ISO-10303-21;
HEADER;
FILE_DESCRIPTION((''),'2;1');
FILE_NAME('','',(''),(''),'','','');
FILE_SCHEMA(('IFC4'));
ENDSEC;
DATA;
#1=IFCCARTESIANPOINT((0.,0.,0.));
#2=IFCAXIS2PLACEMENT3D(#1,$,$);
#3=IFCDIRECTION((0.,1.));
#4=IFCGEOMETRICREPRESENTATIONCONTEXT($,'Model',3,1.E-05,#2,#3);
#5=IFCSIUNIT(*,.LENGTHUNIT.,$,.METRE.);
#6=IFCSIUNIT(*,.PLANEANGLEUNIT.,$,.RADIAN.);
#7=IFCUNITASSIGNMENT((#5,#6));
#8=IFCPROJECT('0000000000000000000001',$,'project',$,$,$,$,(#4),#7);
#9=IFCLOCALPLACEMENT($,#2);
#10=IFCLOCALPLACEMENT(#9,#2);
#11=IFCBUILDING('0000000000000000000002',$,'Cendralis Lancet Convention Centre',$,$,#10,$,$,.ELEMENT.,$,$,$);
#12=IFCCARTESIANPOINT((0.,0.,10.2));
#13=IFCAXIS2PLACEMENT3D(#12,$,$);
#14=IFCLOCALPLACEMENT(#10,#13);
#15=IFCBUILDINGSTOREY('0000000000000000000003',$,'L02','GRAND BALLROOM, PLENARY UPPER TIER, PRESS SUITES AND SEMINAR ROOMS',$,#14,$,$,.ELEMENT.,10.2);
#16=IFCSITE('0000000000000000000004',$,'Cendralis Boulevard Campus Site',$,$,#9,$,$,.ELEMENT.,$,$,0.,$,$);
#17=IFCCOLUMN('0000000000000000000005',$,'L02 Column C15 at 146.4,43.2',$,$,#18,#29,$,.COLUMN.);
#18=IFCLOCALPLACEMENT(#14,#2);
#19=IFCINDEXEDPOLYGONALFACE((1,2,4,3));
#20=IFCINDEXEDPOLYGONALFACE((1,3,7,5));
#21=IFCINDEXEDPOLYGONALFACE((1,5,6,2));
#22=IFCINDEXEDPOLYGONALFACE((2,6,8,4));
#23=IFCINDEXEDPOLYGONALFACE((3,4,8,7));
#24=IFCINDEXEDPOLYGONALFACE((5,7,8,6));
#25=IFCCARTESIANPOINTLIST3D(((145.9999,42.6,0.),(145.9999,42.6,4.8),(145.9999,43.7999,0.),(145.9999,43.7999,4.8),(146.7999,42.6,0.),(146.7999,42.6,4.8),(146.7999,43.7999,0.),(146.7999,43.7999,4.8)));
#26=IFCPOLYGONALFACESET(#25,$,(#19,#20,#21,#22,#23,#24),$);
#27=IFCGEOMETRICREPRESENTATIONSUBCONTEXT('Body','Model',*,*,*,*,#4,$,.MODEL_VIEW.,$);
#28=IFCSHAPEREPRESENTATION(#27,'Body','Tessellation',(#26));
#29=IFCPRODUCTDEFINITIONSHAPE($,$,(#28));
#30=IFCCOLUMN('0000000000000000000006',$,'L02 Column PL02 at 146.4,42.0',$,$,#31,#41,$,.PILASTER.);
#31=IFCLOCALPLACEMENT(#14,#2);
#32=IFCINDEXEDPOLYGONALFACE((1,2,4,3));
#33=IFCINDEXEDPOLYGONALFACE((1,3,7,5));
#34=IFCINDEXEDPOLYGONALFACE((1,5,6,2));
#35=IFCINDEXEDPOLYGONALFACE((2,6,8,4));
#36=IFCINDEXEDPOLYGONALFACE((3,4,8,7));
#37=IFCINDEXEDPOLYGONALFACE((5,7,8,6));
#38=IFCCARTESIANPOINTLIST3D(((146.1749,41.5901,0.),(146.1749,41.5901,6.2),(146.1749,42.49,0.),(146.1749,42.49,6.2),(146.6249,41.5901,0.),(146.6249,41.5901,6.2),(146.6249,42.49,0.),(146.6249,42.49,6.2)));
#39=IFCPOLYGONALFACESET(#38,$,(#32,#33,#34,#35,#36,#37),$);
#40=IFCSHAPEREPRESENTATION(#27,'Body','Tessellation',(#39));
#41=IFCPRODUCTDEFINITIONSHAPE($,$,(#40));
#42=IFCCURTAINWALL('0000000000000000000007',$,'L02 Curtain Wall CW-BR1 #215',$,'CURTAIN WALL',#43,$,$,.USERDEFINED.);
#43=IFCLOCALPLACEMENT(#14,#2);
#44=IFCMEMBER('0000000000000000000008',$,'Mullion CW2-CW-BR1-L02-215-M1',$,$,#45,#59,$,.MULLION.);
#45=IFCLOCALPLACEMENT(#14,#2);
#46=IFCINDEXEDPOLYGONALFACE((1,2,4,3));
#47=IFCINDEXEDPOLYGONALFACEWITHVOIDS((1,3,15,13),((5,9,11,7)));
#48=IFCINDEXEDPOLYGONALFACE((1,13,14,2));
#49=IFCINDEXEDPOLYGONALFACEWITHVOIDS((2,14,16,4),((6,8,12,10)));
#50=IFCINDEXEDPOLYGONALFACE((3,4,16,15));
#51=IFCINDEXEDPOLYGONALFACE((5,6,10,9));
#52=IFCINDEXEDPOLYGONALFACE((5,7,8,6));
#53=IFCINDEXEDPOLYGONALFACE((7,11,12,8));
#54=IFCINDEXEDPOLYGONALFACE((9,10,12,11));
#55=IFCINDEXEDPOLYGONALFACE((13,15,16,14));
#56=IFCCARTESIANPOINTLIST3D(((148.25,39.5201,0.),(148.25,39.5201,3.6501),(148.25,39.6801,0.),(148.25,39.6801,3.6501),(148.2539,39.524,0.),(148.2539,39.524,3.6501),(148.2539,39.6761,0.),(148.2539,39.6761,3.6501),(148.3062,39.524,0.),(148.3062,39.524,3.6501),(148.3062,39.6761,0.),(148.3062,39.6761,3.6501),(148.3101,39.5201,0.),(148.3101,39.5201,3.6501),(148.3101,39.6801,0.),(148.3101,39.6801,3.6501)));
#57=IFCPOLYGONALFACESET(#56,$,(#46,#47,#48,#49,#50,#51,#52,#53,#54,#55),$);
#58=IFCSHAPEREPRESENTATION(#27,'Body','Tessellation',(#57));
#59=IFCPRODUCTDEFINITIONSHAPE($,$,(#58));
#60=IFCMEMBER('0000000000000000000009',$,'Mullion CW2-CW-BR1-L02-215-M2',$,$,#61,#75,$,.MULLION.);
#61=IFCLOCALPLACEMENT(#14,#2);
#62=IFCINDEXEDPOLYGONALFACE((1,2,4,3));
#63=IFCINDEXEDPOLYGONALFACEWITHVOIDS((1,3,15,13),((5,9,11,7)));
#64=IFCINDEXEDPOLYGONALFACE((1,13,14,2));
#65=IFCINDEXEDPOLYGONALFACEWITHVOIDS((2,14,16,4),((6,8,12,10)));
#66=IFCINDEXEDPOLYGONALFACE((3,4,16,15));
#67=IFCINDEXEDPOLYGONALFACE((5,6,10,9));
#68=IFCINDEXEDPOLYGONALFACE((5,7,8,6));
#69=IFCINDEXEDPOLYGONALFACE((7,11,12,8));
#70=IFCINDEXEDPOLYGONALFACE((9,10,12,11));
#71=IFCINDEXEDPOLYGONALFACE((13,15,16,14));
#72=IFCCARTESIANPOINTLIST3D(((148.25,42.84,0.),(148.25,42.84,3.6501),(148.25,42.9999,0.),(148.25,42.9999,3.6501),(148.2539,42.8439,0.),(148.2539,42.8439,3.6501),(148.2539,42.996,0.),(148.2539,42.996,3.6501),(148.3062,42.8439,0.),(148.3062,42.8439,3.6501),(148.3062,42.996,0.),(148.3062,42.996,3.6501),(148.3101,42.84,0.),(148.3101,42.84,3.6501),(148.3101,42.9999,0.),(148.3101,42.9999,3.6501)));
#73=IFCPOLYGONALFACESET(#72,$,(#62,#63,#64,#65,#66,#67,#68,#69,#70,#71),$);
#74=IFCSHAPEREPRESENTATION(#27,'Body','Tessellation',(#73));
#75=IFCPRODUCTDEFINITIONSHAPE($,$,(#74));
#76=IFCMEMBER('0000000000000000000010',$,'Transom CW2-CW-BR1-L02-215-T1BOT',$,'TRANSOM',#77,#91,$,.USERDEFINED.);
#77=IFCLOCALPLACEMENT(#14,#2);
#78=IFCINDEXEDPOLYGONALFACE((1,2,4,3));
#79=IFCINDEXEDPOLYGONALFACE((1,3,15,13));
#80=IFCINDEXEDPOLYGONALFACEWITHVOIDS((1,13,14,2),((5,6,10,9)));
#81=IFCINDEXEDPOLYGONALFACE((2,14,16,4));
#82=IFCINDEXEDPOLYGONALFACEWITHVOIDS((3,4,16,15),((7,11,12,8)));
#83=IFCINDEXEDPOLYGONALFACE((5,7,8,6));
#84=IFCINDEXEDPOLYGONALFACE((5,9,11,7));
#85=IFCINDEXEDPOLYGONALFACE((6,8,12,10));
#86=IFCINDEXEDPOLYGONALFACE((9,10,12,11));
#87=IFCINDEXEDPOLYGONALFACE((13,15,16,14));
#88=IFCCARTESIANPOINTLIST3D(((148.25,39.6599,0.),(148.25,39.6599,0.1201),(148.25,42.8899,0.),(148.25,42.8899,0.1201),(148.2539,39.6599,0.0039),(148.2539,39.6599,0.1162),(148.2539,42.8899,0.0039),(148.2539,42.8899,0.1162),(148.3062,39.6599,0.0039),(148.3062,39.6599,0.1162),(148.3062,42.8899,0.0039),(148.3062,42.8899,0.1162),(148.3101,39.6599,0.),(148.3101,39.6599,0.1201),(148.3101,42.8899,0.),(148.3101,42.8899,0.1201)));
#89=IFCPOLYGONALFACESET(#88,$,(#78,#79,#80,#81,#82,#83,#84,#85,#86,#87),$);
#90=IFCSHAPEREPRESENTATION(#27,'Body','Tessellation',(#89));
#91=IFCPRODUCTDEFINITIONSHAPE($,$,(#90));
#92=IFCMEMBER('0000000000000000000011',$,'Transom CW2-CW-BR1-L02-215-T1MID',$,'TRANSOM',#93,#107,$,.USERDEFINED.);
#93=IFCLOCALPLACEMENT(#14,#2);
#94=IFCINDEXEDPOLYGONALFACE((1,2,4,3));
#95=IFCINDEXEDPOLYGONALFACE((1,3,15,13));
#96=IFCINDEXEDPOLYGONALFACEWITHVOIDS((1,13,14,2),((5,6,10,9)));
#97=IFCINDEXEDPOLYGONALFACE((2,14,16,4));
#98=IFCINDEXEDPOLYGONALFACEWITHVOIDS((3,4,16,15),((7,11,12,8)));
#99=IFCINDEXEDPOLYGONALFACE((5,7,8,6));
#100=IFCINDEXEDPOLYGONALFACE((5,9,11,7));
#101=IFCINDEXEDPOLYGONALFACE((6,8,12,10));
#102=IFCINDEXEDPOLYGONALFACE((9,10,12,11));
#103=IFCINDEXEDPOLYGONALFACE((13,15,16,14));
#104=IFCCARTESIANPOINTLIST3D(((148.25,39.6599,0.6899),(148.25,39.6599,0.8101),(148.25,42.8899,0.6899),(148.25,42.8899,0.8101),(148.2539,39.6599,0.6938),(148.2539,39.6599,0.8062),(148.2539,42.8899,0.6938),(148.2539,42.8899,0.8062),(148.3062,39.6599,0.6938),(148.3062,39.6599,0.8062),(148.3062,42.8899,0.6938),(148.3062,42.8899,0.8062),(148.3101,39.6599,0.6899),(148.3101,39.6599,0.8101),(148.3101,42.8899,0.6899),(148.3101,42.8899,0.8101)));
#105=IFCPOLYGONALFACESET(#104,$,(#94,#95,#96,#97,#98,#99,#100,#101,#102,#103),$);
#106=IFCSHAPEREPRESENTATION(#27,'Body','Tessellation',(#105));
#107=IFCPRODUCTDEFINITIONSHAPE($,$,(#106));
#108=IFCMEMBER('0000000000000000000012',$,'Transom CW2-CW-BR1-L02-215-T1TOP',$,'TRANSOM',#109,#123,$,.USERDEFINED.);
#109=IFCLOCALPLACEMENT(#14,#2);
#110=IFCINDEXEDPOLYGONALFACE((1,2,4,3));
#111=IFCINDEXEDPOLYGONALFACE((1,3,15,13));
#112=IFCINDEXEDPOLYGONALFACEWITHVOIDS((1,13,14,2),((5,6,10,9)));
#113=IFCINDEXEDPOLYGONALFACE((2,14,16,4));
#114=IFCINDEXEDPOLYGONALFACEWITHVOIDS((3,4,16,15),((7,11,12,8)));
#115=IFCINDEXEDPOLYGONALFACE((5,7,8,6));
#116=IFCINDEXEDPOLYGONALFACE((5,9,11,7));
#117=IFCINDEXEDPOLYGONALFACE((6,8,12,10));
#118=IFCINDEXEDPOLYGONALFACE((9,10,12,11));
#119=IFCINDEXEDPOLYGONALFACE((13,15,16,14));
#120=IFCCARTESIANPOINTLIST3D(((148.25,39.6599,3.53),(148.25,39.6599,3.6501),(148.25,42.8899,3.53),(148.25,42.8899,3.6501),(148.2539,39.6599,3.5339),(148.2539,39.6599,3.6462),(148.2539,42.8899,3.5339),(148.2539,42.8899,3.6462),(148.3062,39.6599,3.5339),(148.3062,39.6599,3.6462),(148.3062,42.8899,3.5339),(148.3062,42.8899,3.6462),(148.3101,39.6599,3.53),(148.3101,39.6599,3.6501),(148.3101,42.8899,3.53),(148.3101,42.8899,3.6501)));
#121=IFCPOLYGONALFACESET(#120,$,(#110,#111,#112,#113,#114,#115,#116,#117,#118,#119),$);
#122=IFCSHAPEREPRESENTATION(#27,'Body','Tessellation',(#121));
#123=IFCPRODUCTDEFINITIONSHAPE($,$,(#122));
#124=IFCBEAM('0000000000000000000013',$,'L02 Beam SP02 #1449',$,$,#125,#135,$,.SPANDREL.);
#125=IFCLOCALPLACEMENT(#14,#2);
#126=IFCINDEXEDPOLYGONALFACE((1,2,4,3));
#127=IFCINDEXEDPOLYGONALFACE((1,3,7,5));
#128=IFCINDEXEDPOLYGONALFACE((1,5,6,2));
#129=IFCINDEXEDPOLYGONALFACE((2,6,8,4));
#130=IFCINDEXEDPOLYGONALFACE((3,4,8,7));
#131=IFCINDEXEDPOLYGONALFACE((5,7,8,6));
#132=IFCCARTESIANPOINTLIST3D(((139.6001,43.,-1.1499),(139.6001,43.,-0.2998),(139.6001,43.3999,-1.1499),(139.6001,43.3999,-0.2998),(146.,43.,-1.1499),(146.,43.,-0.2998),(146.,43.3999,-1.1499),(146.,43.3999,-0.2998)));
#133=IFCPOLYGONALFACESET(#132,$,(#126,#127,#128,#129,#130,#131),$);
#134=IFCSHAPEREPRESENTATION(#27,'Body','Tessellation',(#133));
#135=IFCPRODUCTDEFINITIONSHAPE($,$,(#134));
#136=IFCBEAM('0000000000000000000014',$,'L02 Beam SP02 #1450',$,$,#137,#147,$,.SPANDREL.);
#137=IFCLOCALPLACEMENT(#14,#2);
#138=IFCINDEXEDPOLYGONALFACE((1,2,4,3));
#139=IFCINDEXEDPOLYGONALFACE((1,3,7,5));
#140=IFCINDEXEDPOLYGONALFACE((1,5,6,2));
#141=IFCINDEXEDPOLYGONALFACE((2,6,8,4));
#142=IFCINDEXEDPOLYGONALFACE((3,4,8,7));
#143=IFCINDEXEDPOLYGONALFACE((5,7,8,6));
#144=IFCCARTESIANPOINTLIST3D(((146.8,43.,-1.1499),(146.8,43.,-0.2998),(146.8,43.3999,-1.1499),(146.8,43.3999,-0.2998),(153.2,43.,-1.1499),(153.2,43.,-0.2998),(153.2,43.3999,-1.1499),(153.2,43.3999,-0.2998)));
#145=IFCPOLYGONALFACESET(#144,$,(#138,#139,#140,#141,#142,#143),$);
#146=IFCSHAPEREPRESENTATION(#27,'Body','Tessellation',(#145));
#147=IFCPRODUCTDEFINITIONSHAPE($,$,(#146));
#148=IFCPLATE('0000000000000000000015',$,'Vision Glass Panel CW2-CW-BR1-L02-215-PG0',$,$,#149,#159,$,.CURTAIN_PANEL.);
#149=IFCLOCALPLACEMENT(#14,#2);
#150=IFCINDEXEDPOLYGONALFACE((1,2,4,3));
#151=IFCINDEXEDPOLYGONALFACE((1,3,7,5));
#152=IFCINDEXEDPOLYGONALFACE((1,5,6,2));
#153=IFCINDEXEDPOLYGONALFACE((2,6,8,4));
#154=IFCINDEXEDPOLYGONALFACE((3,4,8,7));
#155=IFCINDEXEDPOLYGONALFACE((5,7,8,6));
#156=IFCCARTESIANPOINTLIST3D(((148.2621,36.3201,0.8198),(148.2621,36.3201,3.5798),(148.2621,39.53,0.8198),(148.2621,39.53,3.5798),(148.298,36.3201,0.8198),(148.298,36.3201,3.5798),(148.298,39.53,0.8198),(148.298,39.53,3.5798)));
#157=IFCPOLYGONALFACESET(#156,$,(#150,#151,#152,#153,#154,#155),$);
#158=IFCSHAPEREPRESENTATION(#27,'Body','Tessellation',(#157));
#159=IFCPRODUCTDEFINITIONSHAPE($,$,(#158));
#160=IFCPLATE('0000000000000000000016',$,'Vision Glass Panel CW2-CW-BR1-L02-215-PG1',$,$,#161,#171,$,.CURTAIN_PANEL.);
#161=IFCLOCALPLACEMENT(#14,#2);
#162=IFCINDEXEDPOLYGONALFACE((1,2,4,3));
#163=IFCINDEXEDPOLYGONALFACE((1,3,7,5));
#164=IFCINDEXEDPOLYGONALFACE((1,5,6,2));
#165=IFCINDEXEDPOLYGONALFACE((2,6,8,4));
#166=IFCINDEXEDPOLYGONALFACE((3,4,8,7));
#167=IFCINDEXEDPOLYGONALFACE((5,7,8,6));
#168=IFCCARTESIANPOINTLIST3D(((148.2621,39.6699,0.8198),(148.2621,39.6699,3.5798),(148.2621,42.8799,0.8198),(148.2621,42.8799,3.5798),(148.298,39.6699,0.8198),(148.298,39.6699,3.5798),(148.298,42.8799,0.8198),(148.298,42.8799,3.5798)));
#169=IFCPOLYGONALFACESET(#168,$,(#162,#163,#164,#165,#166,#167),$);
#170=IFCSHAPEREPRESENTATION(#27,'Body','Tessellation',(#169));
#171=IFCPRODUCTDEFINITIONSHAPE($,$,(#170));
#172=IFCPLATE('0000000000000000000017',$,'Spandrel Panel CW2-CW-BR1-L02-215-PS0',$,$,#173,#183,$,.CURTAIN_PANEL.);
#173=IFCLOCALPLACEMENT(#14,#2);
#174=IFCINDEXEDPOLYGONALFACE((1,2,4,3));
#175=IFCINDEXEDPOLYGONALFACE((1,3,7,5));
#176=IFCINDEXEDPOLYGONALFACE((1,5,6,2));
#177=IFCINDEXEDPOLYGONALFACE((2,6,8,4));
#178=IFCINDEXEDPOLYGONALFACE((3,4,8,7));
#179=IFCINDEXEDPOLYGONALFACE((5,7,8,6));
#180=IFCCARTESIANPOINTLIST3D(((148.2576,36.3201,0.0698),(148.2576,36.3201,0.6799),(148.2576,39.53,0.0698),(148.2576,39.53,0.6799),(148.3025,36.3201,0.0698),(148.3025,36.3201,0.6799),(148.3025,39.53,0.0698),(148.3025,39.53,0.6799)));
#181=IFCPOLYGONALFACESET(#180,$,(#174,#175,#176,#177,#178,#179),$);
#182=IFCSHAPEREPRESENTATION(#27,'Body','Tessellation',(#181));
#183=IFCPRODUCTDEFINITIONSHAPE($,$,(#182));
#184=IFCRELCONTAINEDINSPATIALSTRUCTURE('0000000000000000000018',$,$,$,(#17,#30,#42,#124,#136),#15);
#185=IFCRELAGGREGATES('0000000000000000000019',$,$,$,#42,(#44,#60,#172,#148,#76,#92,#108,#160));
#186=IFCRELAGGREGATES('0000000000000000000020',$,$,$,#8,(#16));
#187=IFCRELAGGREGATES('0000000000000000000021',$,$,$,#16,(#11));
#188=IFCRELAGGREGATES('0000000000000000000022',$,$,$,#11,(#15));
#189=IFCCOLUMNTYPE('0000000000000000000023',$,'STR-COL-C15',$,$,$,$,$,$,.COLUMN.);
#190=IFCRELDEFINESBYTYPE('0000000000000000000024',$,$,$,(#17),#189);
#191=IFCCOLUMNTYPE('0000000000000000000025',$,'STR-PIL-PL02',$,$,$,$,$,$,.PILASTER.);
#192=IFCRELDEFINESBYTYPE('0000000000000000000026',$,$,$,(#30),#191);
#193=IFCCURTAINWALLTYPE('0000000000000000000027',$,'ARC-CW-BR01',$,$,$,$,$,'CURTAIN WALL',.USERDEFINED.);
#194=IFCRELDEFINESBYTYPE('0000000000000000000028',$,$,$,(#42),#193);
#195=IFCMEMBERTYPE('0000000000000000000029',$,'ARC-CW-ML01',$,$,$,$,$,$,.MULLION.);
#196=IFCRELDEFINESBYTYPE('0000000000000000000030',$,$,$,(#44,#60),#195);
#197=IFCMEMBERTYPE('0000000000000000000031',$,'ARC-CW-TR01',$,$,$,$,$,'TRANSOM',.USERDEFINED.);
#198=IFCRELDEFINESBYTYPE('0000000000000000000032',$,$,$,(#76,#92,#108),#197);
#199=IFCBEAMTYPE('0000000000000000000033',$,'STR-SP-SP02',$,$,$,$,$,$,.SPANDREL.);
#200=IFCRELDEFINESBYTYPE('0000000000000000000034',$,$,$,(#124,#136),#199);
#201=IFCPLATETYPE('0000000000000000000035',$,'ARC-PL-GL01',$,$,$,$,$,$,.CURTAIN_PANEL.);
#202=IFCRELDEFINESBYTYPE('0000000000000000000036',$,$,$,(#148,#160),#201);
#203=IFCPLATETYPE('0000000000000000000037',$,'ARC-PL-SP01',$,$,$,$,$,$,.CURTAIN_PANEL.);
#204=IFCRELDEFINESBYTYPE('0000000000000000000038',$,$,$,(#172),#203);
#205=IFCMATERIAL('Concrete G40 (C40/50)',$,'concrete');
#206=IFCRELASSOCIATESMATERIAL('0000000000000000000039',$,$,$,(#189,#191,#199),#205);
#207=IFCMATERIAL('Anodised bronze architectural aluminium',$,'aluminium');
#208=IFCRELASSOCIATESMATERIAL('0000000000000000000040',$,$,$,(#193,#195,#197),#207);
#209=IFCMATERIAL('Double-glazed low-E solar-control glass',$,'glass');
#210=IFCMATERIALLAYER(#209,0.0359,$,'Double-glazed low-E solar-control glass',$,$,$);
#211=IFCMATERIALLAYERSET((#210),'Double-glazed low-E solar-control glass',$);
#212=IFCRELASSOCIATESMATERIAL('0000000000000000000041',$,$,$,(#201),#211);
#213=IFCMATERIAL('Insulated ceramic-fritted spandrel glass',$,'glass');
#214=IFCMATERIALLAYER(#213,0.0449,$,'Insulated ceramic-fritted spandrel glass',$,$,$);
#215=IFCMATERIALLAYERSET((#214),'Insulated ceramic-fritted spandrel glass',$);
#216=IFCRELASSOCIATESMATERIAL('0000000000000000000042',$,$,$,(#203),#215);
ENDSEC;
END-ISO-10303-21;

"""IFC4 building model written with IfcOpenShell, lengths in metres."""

from ifc_helpers import new_model, si_unit, direction, frame, origin, origin_2d, place, context, subcontext, project, spatial, rectangle, hollow_rectangle, extrude, material, layer, layer_set, material_profile, profile_set, type_object, element, aggregate, save


model = new_model("IFC4")

# Units and contexts
model_context = context("Model", 3, precision=1e-05, world=origin(), true_north=direction((0.0, 1.0)))
body_context = subcontext(model_context, "Body", "Model", "MODEL_VIEW")
ifc_project = project(units=[si_unit("LENGTHUNIT", "METRE"), si_unit("PLANEANGLEUNIT", "RADIAN")], contexts=[model_context])

# Site, building, storey
site_placement = place(None, origin())
site = spatial("IfcSite", under=ifc_project, at=site_placement, Name="Cendralis Boulevard Campus Site", CompositionType="ELEMENT", RefElevation=0.0)
building_placement = place(site_placement, origin())
building = spatial("IfcBuilding", under=site, at=building_placement, Name="Cendralis Lancet Convention Centre", CompositionType="ELEMENT")
storey_placement = place(building_placement, frame((0.0, 0.0, 10.2)))
storey = spatial("IfcBuildingStorey", under=building, at=storey_placement, Name="L02", Description="GRAND BALLROOM, PLENARY UPPER TIER, PRESS SUITES AND SEMINAR ROOMS", CompositionType="ELEMENT", Elevation=10.2)

# Columns
ifc_material_1 = material(Name="Concrete G40 (C40/50)", Category="concrete")
ifc_material_profile_1 = material_profile(ifc_material_1, rectangle(XDim=0.8, YDim=1.2, at=origin_2d()), Name="RC 800x1200")
ifc_profile_set_1 = profile_set([ifc_material_profile_1], Name="Concrete G40 (C40/50)")
column_type_1 = type_object("IfcColumnType", Name="STR-COL-C15", PredefinedType="COLUMN", material=ifc_profile_set_1)
column_1_placement = place(storey_placement, frame((146.3999, 43.2, 0.0), z_axis=(0.0, 0.0, 1.0), x_axis=(1.0, 0.0, 0.0)))
element("IfcColumn", 1, at=column_1_placement, inside=storey, type_object=column_type_1, Name="L02 Column C15 at 146.4,43.2", PredefinedType="COLUMN", context=body_context, shape_type="SweptSolid", body=[
    extrude(rectangle(XDim=0.8, YDim=1.2, at=origin_2d()), origin(), (0.0, 0.0, 1.0), 4.8),
])
ifc_material_profile_2 = material_profile(ifc_material_1, rectangle(XDim=0.45, YDim=0.8999, at=origin_2d()), Name="RC 450x900")
ifc_profile_set_2 = profile_set([ifc_material_profile_2], Name="Concrete G40 (C40/50)")
column_type_2 = type_object("IfcColumnType", Name="STR-PIL-PL02", PredefinedType="PILASTER", material=ifc_profile_set_2)
column_2_placement = place(storey_placement, frame((146.3999, 42.04, 0.0), z_axis=(0.0, 0.0, 1.0), x_axis=(1.0, 0.0, 0.0)))
element("IfcColumn", 2, at=column_2_placement, inside=storey, type_object=column_type_2, Name="L02 Column PL02 at 146.4,42.0", PredefinedType="PILASTER", context=body_context, shape_type="SweptSolid", body=[
    extrude(rectangle(XDim=0.45, YDim=0.8999, at=origin_2d()), origin(), (0.0, 0.0, 1.0), 6.2),
])

# Curtain wall, members
ifc_material_2 = material(Name="Anodised bronze architectural aluminium", Category="aluminium")
curtain_wall_type = type_object("IfcCurtainWallType", Name="ARC-CW-BR01", ElementType="CURTAIN WALL", PredefinedType="USERDEFINED", material=ifc_material_2)
curtain_wall_placement = place(storey_placement, origin())
curtain_wall = element("IfcCurtainWall", 3, at=curtain_wall_placement, inside=storey, type_object=curtain_wall_type, Name="L02 Curtain Wall CW-BR1 #215", ObjectType="CURTAIN WALL", PredefinedType="USERDEFINED")
ifc_material_profile_3 = material_profile(ifc_material_2, hollow_rectangle(XDim=0.0601, YDim=0.1599, WallThickness=0.0039, at=origin_2d()), Name="AL-MULL 60x160x4.0")
ifc_profile_set_3 = profile_set([ifc_material_profile_3], Name="Anodised bronze architectural aluminium")
member_type_1 = type_object("IfcMemberType", Name="ARC-CW-ML01", PredefinedType="MULLION", material=ifc_profile_set_3)
member_1_placement = place(storey_placement, frame((148.28, 39.6001, 0.0), z_axis=(0.0, 0.0, 1.0), x_axis=(1.0, 0.0, 0.0)))
member_1 = element("IfcMember", 4, at=member_1_placement, type_object=member_type_1, Name="Mullion CW2-CW-BR1-L02-215-M1", PredefinedType="MULLION", context=body_context, shape_type="SweptSolid", body=[
    extrude(hollow_rectangle(XDim=0.0601, YDim=0.1599, WallThickness=0.0039, at=origin_2d()), origin(), (0.0, 0.0, 1.0), 3.6501),
])
member_2_placement = place(storey_placement, frame((148.28, 42.9199, 0.0), z_axis=(0.0, 0.0, 1.0), x_axis=(1.0, 0.0, 0.0)))
member_2 = element("IfcMember", 5, at=member_2_placement, type_object=member_type_1, Name="Mullion CW2-CW-BR1-L02-215-M2", PredefinedType="MULLION", context=body_context, shape_type="SweptSolid", body=[
    extrude(hollow_rectangle(XDim=0.0601, YDim=0.1599, WallThickness=0.0039, at=origin_2d()), origin(), (0.0, 0.0, 1.0), 3.6501),
])
ifc_material_profile_4 = material_profile(ifc_material_2, hollow_rectangle(XDim=0.0601, YDim=0.1201, WallThickness=0.0039, at=origin_2d()), Name="AL-TRAN 60x120x4.0")
ifc_profile_set_4 = profile_set([ifc_material_profile_4], Name="Anodised bronze architectural aluminium")
member_type_2 = type_object("IfcMemberType", Name="ARC-CW-TR01", ElementType="TRANSOM", PredefinedType="USERDEFINED", material=ifc_profile_set_4)
member_3_placement = place(storey_placement, frame((148.28, 39.6599, 0.0601), z_axis=(0.0, 1.0, 0.0), x_axis=(-1.0, 0.0, 0.0)))
member_3 = element("IfcMember", 6, at=member_3_placement, type_object=member_type_2, Name="Transom CW2-CW-BR1-L02-215-T1BOT", ObjectType="TRANSOM", PredefinedType="USERDEFINED", context=body_context, shape_type="SweptSolid", body=[
    extrude(hollow_rectangle(XDim=0.0601, YDim=0.1201, WallThickness=0.0039, at=origin_2d()), origin(), (0.0, 0.0, 1.0), 3.23),
])
member_4_placement = place(storey_placement, frame((148.28, 39.6599, 0.75), z_axis=(0.0, 1.0, 0.0), x_axis=(-1.0, 0.0, 0.0)))
member_4 = element("IfcMember", 7, at=member_4_placement, type_object=member_type_2, Name="Transom CW2-CW-BR1-L02-215-T1MID", ObjectType="TRANSOM", PredefinedType="USERDEFINED", context=body_context, shape_type="SweptSolid", body=[
    extrude(hollow_rectangle(XDim=0.0601, YDim=0.1201, WallThickness=0.0039, at=origin_2d()), origin(), (0.0, 0.0, 1.0), 3.23),
])
member_5_placement = place(storey_placement, frame((148.28, 39.6599, 3.5901), z_axis=(0.0, 1.0, 0.0), x_axis=(-1.0, 0.0, 0.0)))
member_5 = element("IfcMember", 8, at=member_5_placement, type_object=member_type_2, Name="Transom CW2-CW-BR1-L02-215-T1TOP", ObjectType="TRANSOM", PredefinedType="USERDEFINED", context=body_context, shape_type="SweptSolid", body=[
    extrude(hollow_rectangle(XDim=0.0601, YDim=0.1201, WallThickness=0.0039, at=origin_2d()), origin(), (0.0, 0.0, 1.0), 3.23),
])

# Beams
ifc_material_profile_5 = material_profile(ifc_material_1, rectangle(XDim=0.3999, YDim=0.8501, at=origin_2d()), Name="RCB 400x850")
ifc_profile_set_5 = profile_set([ifc_material_profile_5], Name="Concrete G40 (C40/50)")
beam_type = type_object("IfcBeamType", Name="STR-SP-SP02", PredefinedType="SPANDREL", material=ifc_profile_set_5)
for number, where, z_axis, x_axis, name in (
    (9, (139.6001, 43.2, -0.7249), (1.0, 0.0, 0.0), (0.0, 1.0, 0.0), "L02 Beam SP02 #1449"),
    (10, (146.8, 43.2, -0.7249), (1.0, 0.0, 0.0), (0.0, 1.0, 0.0), "L02 Beam SP02 #1450"),
):
    element("IfcBeam", number, at=place(storey_placement, frame(where, z_axis=z_axis, x_axis=x_axis)), inside=storey, type_object=beam_type, Name=name, PredefinedType="SPANDREL", context=body_context, shape_type="SweptSolid", body=[
        extrude(rectangle(XDim=0.3999, YDim=0.8501, at=origin_2d()), origin(), (0.0, 0.0, 1.0), 6.3999),
    ])

# Plates
ifc_material_3 = material(Name="Double-glazed low-E solar-control glass", Category="glass")
ifc_layer_1 = layer(ifc_material_3, 0.0359, Name="Double-glazed low-E solar-control glass")
ifc_layer_set_1 = layer_set([ifc_layer_1], Name="Double-glazed low-E solar-control glass")
plate_type_1 = type_object("IfcPlateType", Name="ARC-PL-GL01", PredefinedType="CURTAIN_PANEL", material=ifc_layer_set_1)
plate_1_placement = place(storey_placement, frame((148.28, 37.925, 0.8198), z_axis=(0.0, 0.0, 1.0), x_axis=(0.0, 1.0, 0.0)))
plate_1 = element("IfcPlate", 11, at=plate_1_placement, type_object=plate_type_1, Name="Vision Glass Panel CW2-CW-BR1-L02-215-PG0", PredefinedType="CURTAIN_PANEL", context=body_context, shape_type="SweptSolid", body=[
    extrude(rectangle(XDim=3.21, YDim=0.0359, at=origin_2d()), origin(), (0.0, 0.0, 1.0), 2.76),
])
plate_2_placement = place(storey_placement, frame((148.28, 41.2749, 0.8198), z_axis=(0.0, 0.0, 1.0), x_axis=(0.0, 1.0, 0.0)))
plate_2 = element("IfcPlate", 12, at=plate_2_placement, type_object=plate_type_1, Name="Vision Glass Panel CW2-CW-BR1-L02-215-PG1", PredefinedType="CURTAIN_PANEL", context=body_context, shape_type="SweptSolid", body=[
    extrude(rectangle(XDim=3.21, YDim=0.0359, at=origin_2d()), origin(), (0.0, 0.0, 1.0), 2.76),
])
ifc_material_4 = material(Name="Insulated ceramic-fritted spandrel glass", Category="glass")
ifc_layer_2 = layer(ifc_material_4, 0.0449, Name="Insulated ceramic-fritted spandrel glass")
ifc_layer_set_2 = layer_set([ifc_layer_2], Name="Insulated ceramic-fritted spandrel glass")
plate_type_2 = type_object("IfcPlateType", Name="ARC-PL-SP01", PredefinedType="CURTAIN_PANEL", material=ifc_layer_set_2)
plate_3_placement = place(storey_placement, frame((148.28, 37.925, 0.0698), z_axis=(0.0, 0.0, 1.0), x_axis=(0.0, 1.0, 0.0)))
plate_3 = element("IfcPlate", 13, at=plate_3_placement, type_object=plate_type_2, Name="Spandrel Panel CW2-CW-BR1-L02-215-PS0", PredefinedType="CURTAIN_PANEL", context=body_context, shape_type="SweptSolid", body=[
    extrude(rectangle(XDim=3.21, YDim=0.0449, at=origin_2d()), origin(), (0.0, 0.0, 1.0), 0.6101),
])
aggregate(curtain_wall, [member_1, member_2, plate_3, plate_1, member_3, member_4, member_5, plate_2])

save(model, "model.ifc")
